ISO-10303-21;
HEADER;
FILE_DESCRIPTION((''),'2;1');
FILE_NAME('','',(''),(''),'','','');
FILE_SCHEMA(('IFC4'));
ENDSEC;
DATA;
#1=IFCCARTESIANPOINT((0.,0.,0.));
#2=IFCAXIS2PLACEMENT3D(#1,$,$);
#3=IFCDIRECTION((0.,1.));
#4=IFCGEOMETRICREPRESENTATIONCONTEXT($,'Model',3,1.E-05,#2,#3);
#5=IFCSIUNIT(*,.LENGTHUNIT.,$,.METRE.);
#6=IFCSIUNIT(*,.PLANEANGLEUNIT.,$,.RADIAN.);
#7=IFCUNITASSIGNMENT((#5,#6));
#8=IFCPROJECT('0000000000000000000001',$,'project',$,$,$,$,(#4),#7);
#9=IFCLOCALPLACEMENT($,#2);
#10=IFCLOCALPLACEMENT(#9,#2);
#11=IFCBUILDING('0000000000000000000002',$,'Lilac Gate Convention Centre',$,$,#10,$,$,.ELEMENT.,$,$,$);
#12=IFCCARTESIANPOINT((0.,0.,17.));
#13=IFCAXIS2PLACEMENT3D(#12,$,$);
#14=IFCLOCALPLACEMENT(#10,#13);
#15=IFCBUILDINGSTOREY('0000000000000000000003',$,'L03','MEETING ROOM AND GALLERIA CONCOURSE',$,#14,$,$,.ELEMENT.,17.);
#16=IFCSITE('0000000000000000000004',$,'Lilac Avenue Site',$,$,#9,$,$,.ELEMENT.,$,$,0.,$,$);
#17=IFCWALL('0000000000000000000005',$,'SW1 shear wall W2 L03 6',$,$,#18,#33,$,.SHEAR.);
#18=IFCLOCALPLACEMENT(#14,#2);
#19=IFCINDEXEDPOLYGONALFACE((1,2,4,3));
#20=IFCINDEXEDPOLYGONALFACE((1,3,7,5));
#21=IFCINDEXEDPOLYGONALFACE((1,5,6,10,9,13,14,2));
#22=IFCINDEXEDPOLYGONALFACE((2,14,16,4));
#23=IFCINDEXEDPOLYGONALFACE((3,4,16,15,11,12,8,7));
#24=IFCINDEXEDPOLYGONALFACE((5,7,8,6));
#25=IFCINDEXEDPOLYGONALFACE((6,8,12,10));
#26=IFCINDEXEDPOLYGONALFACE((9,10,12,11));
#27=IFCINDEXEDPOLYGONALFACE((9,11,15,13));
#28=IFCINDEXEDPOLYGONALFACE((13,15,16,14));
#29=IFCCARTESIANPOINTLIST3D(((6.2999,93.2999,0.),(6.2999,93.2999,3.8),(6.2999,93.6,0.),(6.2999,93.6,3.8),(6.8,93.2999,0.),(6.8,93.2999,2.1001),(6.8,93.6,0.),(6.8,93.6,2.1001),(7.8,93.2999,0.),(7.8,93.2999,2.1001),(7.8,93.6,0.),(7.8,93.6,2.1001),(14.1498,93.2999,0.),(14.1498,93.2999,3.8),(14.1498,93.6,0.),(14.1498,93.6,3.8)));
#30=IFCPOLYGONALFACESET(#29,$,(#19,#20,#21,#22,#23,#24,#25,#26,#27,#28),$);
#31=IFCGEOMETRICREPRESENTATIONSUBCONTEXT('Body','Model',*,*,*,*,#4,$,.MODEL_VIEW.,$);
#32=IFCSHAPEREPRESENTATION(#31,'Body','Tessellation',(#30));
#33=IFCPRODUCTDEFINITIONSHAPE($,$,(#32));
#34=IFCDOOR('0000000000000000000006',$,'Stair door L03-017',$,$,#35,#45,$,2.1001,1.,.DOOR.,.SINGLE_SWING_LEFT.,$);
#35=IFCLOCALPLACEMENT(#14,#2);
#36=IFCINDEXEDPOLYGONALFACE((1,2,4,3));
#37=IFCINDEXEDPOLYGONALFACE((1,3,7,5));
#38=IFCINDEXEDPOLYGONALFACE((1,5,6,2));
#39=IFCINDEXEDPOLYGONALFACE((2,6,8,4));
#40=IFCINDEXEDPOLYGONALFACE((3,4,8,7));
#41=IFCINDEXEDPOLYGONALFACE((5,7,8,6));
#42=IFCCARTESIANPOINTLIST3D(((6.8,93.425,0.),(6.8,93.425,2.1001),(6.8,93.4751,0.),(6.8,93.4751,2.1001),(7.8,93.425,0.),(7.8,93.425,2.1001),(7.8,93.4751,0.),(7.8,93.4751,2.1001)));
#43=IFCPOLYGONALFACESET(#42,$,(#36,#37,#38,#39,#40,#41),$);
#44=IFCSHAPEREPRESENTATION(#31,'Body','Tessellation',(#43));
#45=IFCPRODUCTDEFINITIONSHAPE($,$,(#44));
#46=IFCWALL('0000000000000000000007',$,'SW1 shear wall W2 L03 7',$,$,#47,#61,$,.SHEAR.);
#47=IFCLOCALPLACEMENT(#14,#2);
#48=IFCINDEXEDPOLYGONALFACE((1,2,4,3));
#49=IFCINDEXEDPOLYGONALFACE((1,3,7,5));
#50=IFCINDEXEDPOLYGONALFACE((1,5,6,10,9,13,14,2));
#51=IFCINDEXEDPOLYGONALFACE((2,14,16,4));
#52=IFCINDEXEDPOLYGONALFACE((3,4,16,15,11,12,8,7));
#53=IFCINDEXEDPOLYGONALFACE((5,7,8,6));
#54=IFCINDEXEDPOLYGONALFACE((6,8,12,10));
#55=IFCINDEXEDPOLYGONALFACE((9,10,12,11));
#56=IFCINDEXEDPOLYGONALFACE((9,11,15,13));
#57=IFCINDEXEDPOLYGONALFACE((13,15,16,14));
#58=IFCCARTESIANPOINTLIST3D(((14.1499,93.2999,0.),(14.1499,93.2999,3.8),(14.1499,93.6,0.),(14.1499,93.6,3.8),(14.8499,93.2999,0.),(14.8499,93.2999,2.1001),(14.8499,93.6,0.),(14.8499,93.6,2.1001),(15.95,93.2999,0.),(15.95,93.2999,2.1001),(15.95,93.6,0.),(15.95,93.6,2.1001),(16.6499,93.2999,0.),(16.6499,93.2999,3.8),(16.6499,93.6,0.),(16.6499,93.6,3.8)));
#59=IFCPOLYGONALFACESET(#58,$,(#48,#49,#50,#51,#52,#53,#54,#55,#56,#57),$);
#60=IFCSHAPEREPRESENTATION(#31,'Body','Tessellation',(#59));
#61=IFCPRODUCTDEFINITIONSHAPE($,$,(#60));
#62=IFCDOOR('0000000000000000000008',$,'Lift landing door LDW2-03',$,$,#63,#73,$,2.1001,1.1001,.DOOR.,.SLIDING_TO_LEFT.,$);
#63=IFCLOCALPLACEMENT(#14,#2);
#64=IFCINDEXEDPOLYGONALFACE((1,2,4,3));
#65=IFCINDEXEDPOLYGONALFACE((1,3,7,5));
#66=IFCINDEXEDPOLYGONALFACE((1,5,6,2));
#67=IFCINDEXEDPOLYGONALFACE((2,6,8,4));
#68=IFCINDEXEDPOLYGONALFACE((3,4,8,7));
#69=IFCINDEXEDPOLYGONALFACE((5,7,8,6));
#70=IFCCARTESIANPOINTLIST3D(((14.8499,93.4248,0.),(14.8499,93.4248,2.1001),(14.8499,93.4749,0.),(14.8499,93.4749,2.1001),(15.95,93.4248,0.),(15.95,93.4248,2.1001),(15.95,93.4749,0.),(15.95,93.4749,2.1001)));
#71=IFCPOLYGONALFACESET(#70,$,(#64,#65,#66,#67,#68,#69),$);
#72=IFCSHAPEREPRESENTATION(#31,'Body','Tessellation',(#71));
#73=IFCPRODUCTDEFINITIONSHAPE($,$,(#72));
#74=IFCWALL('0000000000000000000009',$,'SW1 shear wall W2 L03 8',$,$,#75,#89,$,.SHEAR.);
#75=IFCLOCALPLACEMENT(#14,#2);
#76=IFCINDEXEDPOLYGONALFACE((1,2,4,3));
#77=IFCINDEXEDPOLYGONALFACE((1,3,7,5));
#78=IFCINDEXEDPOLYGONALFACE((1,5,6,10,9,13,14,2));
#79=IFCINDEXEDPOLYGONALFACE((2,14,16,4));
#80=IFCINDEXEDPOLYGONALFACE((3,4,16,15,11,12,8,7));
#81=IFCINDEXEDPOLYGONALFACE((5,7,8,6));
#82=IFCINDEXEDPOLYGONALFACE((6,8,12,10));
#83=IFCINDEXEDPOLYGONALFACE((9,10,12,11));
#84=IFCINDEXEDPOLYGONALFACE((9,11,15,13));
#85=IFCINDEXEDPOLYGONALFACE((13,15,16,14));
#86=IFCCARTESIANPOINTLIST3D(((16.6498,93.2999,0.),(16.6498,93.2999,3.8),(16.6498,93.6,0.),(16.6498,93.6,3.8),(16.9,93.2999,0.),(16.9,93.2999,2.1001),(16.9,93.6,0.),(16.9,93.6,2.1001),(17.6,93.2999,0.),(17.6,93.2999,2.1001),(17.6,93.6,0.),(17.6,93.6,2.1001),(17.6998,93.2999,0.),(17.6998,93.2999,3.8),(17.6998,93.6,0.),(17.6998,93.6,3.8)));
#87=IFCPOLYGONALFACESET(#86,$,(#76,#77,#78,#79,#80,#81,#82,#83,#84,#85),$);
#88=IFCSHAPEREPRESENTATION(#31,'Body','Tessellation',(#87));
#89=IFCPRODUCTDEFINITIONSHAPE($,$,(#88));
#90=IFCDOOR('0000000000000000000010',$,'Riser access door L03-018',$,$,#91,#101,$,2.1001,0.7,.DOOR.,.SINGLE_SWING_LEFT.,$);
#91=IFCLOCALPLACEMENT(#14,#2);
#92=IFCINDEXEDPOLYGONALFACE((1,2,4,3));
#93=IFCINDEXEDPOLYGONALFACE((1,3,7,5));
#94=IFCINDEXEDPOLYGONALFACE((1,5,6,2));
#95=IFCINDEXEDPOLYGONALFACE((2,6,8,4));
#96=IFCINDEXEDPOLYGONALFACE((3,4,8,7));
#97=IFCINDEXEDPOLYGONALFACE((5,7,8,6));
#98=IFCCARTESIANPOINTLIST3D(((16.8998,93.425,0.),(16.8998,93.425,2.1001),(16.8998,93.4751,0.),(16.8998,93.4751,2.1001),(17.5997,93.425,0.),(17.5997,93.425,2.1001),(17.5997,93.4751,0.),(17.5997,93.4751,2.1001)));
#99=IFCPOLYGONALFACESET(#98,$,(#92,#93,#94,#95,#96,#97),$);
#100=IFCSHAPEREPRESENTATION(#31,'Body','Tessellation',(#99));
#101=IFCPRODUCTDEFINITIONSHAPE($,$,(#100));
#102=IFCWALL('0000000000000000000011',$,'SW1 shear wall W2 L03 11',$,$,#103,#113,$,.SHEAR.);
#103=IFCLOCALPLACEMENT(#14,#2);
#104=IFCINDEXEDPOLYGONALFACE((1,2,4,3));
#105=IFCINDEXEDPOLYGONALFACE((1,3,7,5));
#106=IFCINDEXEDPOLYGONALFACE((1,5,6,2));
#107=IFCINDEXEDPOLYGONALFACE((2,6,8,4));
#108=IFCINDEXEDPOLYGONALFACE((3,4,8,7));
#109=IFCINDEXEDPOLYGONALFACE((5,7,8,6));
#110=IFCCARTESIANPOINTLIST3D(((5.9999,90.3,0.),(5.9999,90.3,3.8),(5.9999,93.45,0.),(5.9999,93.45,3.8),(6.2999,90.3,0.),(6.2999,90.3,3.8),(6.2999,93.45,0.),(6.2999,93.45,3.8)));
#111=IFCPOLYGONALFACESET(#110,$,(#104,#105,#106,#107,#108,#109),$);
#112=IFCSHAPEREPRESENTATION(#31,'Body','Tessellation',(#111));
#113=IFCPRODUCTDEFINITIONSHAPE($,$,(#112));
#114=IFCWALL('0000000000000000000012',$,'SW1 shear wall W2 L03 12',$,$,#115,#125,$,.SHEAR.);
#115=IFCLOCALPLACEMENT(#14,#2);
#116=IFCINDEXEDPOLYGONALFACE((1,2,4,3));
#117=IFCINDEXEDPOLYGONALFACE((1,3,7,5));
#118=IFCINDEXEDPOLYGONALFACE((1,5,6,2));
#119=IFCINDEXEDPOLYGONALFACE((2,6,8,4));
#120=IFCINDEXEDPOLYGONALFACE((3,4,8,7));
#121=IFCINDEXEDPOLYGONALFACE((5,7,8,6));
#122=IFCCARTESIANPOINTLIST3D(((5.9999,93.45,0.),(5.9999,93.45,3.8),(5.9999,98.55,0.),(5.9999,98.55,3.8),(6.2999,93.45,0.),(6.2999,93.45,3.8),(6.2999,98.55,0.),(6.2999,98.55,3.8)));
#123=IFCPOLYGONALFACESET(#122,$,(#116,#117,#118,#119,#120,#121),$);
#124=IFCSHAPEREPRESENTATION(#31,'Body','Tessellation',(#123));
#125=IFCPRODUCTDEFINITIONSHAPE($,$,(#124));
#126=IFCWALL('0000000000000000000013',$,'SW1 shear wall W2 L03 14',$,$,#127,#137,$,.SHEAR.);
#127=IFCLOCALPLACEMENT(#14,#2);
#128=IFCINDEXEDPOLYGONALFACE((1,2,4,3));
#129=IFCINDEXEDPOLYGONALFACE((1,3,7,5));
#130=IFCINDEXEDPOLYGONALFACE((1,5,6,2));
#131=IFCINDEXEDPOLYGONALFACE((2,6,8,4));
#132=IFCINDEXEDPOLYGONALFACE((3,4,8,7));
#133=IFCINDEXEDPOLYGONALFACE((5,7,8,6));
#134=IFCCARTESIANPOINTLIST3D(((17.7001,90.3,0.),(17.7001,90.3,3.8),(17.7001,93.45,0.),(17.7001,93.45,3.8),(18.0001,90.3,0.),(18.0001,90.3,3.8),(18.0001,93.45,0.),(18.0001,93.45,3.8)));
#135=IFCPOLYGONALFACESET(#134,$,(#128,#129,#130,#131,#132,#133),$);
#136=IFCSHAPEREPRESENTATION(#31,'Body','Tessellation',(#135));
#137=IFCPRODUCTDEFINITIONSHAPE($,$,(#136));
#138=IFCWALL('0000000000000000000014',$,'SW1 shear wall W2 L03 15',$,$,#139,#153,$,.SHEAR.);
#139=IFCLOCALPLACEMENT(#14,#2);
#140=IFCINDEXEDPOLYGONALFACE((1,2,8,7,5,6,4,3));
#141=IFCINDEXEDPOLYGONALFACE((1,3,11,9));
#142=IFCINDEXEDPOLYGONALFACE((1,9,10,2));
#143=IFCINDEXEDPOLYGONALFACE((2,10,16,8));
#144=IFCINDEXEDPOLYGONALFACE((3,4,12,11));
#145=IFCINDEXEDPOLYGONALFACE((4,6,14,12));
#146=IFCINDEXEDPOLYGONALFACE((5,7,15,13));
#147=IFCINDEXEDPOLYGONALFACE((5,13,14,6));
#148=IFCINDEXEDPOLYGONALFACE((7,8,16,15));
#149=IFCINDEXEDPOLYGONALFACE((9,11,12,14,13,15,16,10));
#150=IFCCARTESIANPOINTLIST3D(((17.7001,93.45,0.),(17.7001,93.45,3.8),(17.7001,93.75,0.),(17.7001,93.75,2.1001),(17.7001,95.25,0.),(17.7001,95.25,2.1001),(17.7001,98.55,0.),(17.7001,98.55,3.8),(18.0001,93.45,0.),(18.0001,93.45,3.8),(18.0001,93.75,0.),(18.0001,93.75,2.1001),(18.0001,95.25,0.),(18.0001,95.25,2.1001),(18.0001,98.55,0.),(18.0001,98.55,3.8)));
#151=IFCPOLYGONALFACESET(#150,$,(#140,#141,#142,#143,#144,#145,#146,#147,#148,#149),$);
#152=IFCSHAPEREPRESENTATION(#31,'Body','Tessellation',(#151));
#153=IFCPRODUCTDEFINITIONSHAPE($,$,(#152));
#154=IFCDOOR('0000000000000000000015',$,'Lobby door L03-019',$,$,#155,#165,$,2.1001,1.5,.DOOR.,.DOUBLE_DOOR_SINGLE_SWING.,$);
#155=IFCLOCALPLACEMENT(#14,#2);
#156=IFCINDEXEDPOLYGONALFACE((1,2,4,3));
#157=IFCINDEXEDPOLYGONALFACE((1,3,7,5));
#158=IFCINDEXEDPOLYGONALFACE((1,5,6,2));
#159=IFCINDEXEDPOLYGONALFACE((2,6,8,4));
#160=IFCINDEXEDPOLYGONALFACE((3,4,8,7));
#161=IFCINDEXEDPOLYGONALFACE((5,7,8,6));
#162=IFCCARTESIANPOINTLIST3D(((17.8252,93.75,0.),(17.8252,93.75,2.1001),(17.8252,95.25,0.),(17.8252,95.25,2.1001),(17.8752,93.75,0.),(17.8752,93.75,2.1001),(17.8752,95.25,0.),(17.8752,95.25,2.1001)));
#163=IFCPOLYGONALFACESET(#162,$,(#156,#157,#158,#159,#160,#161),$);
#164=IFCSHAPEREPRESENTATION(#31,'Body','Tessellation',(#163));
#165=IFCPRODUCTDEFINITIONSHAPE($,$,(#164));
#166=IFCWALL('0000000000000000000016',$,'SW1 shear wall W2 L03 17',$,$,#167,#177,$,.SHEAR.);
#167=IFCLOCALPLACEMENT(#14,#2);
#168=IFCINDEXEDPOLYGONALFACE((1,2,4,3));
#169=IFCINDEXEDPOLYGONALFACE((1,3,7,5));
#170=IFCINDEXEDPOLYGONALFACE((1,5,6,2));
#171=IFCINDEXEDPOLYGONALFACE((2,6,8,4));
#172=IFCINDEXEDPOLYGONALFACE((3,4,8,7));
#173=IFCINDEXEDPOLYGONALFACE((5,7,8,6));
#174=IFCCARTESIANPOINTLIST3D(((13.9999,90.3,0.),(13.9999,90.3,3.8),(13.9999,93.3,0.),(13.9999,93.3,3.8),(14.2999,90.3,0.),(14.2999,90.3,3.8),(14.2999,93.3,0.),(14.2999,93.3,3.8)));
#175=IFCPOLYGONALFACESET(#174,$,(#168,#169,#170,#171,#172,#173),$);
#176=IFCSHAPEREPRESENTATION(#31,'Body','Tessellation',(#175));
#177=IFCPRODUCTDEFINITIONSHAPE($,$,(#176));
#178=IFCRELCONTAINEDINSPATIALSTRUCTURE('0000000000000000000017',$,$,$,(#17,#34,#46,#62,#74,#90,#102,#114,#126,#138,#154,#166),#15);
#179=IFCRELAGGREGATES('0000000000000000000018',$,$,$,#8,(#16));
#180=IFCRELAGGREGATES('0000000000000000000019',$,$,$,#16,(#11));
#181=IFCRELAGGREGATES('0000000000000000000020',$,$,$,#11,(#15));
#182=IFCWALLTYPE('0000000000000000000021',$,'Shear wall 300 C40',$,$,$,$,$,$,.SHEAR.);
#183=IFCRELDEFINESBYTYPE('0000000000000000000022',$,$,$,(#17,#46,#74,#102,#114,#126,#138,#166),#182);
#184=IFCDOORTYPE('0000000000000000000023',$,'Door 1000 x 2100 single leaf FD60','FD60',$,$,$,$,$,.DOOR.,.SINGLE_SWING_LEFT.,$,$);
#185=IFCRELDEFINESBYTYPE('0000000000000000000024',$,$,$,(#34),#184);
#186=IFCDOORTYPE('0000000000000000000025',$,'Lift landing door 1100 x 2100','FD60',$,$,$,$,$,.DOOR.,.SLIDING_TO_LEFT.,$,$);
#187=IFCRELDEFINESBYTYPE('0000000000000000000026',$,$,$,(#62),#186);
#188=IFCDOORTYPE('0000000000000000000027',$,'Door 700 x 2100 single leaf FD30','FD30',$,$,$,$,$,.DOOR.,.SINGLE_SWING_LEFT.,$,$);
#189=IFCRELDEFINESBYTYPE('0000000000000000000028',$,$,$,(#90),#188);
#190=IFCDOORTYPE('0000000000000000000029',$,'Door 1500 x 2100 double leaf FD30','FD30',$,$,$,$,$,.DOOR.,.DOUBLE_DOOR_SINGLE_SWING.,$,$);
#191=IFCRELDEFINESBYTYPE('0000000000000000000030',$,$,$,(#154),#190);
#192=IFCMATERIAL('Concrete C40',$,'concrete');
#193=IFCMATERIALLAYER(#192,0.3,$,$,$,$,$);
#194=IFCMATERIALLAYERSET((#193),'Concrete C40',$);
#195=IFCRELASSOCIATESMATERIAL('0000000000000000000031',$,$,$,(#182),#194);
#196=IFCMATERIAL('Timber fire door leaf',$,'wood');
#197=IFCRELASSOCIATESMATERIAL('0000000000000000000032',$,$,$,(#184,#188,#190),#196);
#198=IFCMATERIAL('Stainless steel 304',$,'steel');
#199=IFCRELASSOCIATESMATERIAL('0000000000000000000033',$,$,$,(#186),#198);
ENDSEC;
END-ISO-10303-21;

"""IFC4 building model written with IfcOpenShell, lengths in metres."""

from ifc_helpers import new_model, si_unit, direction, frame, frame_2d, origin, place, context, subcontext, project, spatial, rectangle, extrude, material, layer, layer_set, type_object, element, fill, save


model = new_model("IFC4")

# Units and contexts
model_context = context("Model", 3, precision=1e-05, world=origin(), true_north=direction((0.0, 1.0)))
body_context = subcontext(model_context, "Body", "Model", "MODEL_VIEW")
ifc_project = project(units=[si_unit("LENGTHUNIT", "METRE"), si_unit("PLANEANGLEUNIT", "RADIAN")], contexts=[model_context])

# Site, building, storey
site_placement = place(None, origin())
site = spatial("IfcSite", under=ifc_project, at=site_placement, Name="Lilac Avenue Site", CompositionType="ELEMENT", RefElevation=0.0)
building_placement = place(site_placement, origin())
building = spatial("IfcBuilding", under=site, at=building_placement, Name="Lilac Gate Convention Centre", CompositionType="ELEMENT")
storey_placement = place(building_placement, frame((0.0, 0.0, 17.0)))
storey = spatial("IfcBuildingStorey", under=building, at=storey_placement, Name="L03", Description="MEETING ROOM AND GALLERIA CONCOURSE", CompositionType="ELEMENT", Elevation=17.0)

# Shared definitions
ifc_material_1 = material(Name="Concrete C40", Category="concrete")

# Shared definitions
ifc_material_2 = material(Name="Timber fire door leaf", Category="wood")

# Shared definitions
ifc_layer_1 = layer(ifc_material_1, 0.3)
ifc_layer_set_1 = layer_set([ifc_layer_1], Name="Concrete C40")
wall_type_1 = type_object("IfcWallType", Name="Shear wall 300 C40", PredefinedType="SHEAR", material=ifc_layer_set_1)

# Walls, openings, doors
wall_1_placement = place(storey_placement, frame((6.3, 93.45, 0.0), z_axis=(0.0, 0.0, 1.0), x_axis=(1.0, 0.0, 0.0)))
wall_1 = element("IfcWall", 1, at=wall_1_placement, inside=storey, type_object=wall_type_1, Name="SW1 shear wall W2 L03 6", PredefinedType="SHEAR", context=body_context, shape_type="SweptSolid", body=[
    extrude(rectangle(XDim=7.8499, YDim=0.3, at=frame_2d((3.9248, 0.0))), origin(), (0.0, 0.0, 1.0), 3.8),
])
opening_1_placement = place(wall_1_placement, frame((0.5, 0.0, 0.0)))
opening_1 = element("IfcOpeningElement", 2, at=opening_1_placement, cuts=wall_1, PredefinedType="OPENING", context=body_context, shape_type="SweptSolid", body=[
    extrude(rectangle(XDim=1.0, YDim=2.1001, at=frame_2d((0.5, 1.05))), frame((0.0, 0.1599, 0.0), z_axis=(0.0, -1.0, 0.0), x_axis=(1.0, 0.0, 0.0)), (0.0, 0.0, 1.0), 0.3201),
])
door_type_1 = type_object("IfcDoorType", Name="Door 1000 x 2100 single leaf FD60", Description="FD60", OperationType="SINGLE_SWING_LEFT", PredefinedType="DOOR", material=ifc_material_2)
door_1_placement = place(opening_1_placement, frame((1.0, 0.0, 0.0), z_axis=(0.0, 0.0, 1.0), x_axis=(-1.0, 0.0, 0.0)))
door_1 = element("IfcDoor", 3, at=door_1_placement, inside=storey, type_object=door_type_1, Name="Stair door L03-017", OperationType="SINGLE_SWING_LEFT", OverallHeight=2.1001, OverallWidth=1.0, PredefinedType="DOOR", context=body_context, shape_type="SweptSolid", body=[
    extrude(rectangle(XDim=1.0, YDim=2.1001, at=frame_2d((0.5, 1.05))), frame((0.0, 0.0249, 0.0), z_axis=(0.0, -1.0, 0.0), x_axis=(1.0, 0.0, 0.0)), (0.0, 0.0, 1.0), 0.05),
])
fill(opening_1, door_1)
wall_2_placement = place(storey_placement, frame((14.1499, 93.45, 0.0), z_axis=(0.0, 0.0, 1.0), x_axis=(1.0, 0.0, 0.0)))
wall_2 = element("IfcWall", 4, at=wall_2_placement, inside=storey, type_object=wall_type_1, Name="SW1 shear wall W2 L03 7", PredefinedType="SHEAR", context=body_context, shape_type="SweptSolid", body=[
    extrude(rectangle(XDim=2.5, YDim=0.3, at=frame_2d((1.25, 0.0))), origin(), (0.0, 0.0, 1.0), 3.8),
])
opening_2_placement = place(wall_2_placement, frame((0.7, 0.0, 0.0)))
opening_2 = element("IfcOpeningElement", 5, at=opening_2_placement, cuts=wall_2, PredefinedType="OPENING", context=body_context, shape_type="SweptSolid", body=[
    extrude(rectangle(XDim=1.1001, YDim=2.1001, at=frame_2d((0.55, 1.05))), frame((0.0, 0.1599, 0.0), z_axis=(0.0, -1.0, 0.0), x_axis=(1.0, 0.0, 0.0)), (0.0, 0.0, 1.0), 0.3201),
])
ifc_material_3 = material(Name="Stainless steel 304", Category="steel")
door_type_2 = type_object("IfcDoorType", Name="Lift landing door 1100 x 2100", Description="FD60", OperationType="SLIDING_TO_LEFT", PredefinedType="DOOR", material=ifc_material_3)
door_2_placement = place(opening_2_placement, origin())
door_2 = element("IfcDoor", 6, at=door_2_placement, inside=storey, type_object=door_type_2, Name="Lift landing door LDW2-03", OperationType="SLIDING_TO_LEFT", OverallHeight=2.1001, OverallWidth=1.1001, PredefinedType="DOOR", context=body_context, shape_type="SweptSolid", body=[
    extrude(rectangle(XDim=1.1001, YDim=2.1001, at=frame_2d((0.55, 1.05))), frame((0.0, 0.0249, 0.0), z_axis=(0.0, -1.0, 0.0), x_axis=(1.0, 0.0, 0.0)), (0.0, 0.0, 1.0), 0.05),
])
fill(opening_2, door_2)
wall_3_placement = place(storey_placement, frame((16.6499, 93.45, 0.0), z_axis=(0.0, 0.0, 1.0), x_axis=(1.0, 0.0, 0.0)))
wall_3 = element("IfcWall", 7, at=wall_3_placement, inside=storey, type_object=wall_type_1, Name="SW1 shear wall W2 L03 8", PredefinedType="SHEAR", context=body_context, shape_type="SweptSolid", body=[
    extrude(rectangle(XDim=1.05, YDim=0.3, at=frame_2d((0.5249, 0.0))), origin(), (0.0, 0.0, 1.0), 3.8),
])
opening_3_placement = place(wall_3_placement, frame((0.25, 0.0, 0.0)))
opening_3 = element("IfcOpeningElement", 8, at=opening_3_placement, cuts=wall_3, PredefinedType="OPENING", context=body_context, shape_type="SweptSolid", body=[
    extrude(rectangle(XDim=0.7, YDim=2.1001, at=frame_2d((0.3501, 1.05))), frame((0.0, 0.1599, 0.0), z_axis=(0.0, -1.0, 0.0), x_axis=(1.0, 0.0, 0.0)), (0.0, 0.0, 1.0), 0.3201),
])
door_type_3 = type_object("IfcDoorType", Name="Door 700 x 2100 single leaf FD30", Description="FD30", OperationType="SINGLE_SWING_LEFT", PredefinedType="DOOR", material=ifc_material_2)
door_3_placement = place(opening_3_placement, frame((0.7, 0.0, 0.0), z_axis=(0.0, 0.0, 1.0), x_axis=(-1.0, 0.0, 0.0)))
door_3 = element("IfcDoor", 9, at=door_3_placement, inside=storey, type_object=door_type_3, Name="Riser access door L03-018", OperationType="SINGLE_SWING_LEFT", OverallHeight=2.1001, OverallWidth=0.7, PredefinedType="DOOR", context=body_context, shape_type="SweptSolid", body=[
    extrude(rectangle(XDim=0.7, YDim=2.1001, at=frame_2d((0.3501, 1.05))), frame((0.0, 0.0249, 0.0), z_axis=(0.0, -1.0, 0.0), x_axis=(1.0, 0.0, 0.0)), (0.0, 0.0, 1.0), 0.05),
])
fill(opening_3, door_3)

# Walls
wall_4_placement = place(storey_placement, frame((6.1499, 90.3, 0.0), z_axis=(0.0, 0.0, 1.0), x_axis=(0.0, 1.0, 0.0)))
element("IfcWall", 10, at=wall_4_placement, inside=storey, type_object=wall_type_1, Name="SW1 shear wall W2 L03 11", PredefinedType="SHEAR", context=body_context, shape_type="SweptSolid", body=[
    extrude(rectangle(XDim=3.1499, YDim=0.3, at=frame_2d((1.575, 0.0))), origin(), (0.0, 0.0, 1.0), 3.8),
])
wall_5_placement = place(storey_placement, frame((6.1499, 93.45, 0.0), z_axis=(0.0, 0.0, 1.0), x_axis=(0.0, 1.0, 0.0)))
element("IfcWall", 11, at=wall_5_placement, inside=storey, type_object=wall_type_1, Name="SW1 shear wall W2 L03 12", PredefinedType="SHEAR", context=body_context, shape_type="SweptSolid", body=[
    extrude(rectangle(XDim=5.1001, YDim=0.3, at=frame_2d((2.55, 0.0))), origin(), (0.0, 0.0, 1.0), 3.8),
])
wall_6_placement = place(storey_placement, frame((17.8501, 90.3, 0.0), z_axis=(0.0, 0.0, 1.0), x_axis=(0.0, 1.0, 0.0)))
element("IfcWall", 12, at=wall_6_placement, inside=storey, type_object=wall_type_1, Name="SW1 shear wall W2 L03 14", PredefinedType="SHEAR", context=body_context, shape_type="SweptSolid", body=[
    extrude(rectangle(XDim=3.1499, YDim=0.3, at=frame_2d((1.575, 0.0))), origin(), (0.0, 0.0, 1.0), 3.8),
])

# Wall, opening, door
wall_7_placement = place(storey_placement, frame((17.8501, 93.45, 0.0), z_axis=(0.0, 0.0, 1.0), x_axis=(0.0, 1.0, 0.0)))
wall_7 = element("IfcWall", 13, at=wall_7_placement, inside=storey, type_object=wall_type_1, Name="SW1 shear wall W2 L03 15", PredefinedType="SHEAR", context=body_context, shape_type="SweptSolid", body=[
    extrude(rectangle(XDim=5.1001, YDim=0.3, at=frame_2d((2.55, 0.0))), origin(), (0.0, 0.0, 1.0), 3.8),
])
opening_4_placement = place(wall_7_placement, frame((0.3, 0.0, 0.0)))
opening_4 = element("IfcOpeningElement", 14, at=opening_4_placement, cuts=wall_7, PredefinedType="OPENING", context=body_context, shape_type="SweptSolid", body=[
    extrude(rectangle(XDim=1.5, YDim=2.1001, at=frame_2d((0.75, 1.05))), frame((0.0, 0.1599, 0.0), z_axis=(0.0, -1.0, 0.0), x_axis=(1.0, 0.0, 0.0)), (0.0, 0.0, 1.0), 0.3201),
])
door_type_4 = type_object("IfcDoorType", Name="Door 1500 x 2100 double leaf FD30", Description="FD30", OperationType="DOUBLE_DOOR_SINGLE_SWING", PredefinedType="DOOR", material=ifc_material_2)
door_4_placement = place(opening_4_placement, origin())
door_4 = element("IfcDoor", 15, at=door_4_placement, inside=storey, type_object=door_type_4, Name="Lobby door L03-019", OperationType="DOUBLE_DOOR_SINGLE_SWING", OverallHeight=2.1001, OverallWidth=1.5, PredefinedType="DOOR", context=body_context, shape_type="SweptSolid", body=[
    extrude(rectangle(XDim=1.5, YDim=2.1001, at=frame_2d((0.75, 1.05))), frame((0.0, 0.0249, 0.0), z_axis=(0.0, -1.0, 0.0), x_axis=(1.0, 0.0, 0.0)), (0.0, 0.0, 1.0), 0.05),
])
fill(opening_4, door_4)

# Wall
for number, where, z_axis, x_axis, name in (
    (16, (14.1499, 90.3, 0.0), (0.0, 0.0, 1.0), (0.0, 1.0, 0.0), "SW1 shear wall W2 L03 17"),
):
    element("IfcWall", number, at=place(storey_placement, frame(where, z_axis=z_axis, x_axis=x_axis)), inside=storey, type_object=wall_type_1, Name=name, PredefinedType="SHEAR", context=body_context, shape_type="SweptSolid", body=[
        extrude(rectangle(XDim=3.0, YDim=0.3, at=frame_2d((1.5, 0.0))), origin(), (0.0, 0.0, 1.0), 3.8),
    ])

save(model, "model.ifc")
